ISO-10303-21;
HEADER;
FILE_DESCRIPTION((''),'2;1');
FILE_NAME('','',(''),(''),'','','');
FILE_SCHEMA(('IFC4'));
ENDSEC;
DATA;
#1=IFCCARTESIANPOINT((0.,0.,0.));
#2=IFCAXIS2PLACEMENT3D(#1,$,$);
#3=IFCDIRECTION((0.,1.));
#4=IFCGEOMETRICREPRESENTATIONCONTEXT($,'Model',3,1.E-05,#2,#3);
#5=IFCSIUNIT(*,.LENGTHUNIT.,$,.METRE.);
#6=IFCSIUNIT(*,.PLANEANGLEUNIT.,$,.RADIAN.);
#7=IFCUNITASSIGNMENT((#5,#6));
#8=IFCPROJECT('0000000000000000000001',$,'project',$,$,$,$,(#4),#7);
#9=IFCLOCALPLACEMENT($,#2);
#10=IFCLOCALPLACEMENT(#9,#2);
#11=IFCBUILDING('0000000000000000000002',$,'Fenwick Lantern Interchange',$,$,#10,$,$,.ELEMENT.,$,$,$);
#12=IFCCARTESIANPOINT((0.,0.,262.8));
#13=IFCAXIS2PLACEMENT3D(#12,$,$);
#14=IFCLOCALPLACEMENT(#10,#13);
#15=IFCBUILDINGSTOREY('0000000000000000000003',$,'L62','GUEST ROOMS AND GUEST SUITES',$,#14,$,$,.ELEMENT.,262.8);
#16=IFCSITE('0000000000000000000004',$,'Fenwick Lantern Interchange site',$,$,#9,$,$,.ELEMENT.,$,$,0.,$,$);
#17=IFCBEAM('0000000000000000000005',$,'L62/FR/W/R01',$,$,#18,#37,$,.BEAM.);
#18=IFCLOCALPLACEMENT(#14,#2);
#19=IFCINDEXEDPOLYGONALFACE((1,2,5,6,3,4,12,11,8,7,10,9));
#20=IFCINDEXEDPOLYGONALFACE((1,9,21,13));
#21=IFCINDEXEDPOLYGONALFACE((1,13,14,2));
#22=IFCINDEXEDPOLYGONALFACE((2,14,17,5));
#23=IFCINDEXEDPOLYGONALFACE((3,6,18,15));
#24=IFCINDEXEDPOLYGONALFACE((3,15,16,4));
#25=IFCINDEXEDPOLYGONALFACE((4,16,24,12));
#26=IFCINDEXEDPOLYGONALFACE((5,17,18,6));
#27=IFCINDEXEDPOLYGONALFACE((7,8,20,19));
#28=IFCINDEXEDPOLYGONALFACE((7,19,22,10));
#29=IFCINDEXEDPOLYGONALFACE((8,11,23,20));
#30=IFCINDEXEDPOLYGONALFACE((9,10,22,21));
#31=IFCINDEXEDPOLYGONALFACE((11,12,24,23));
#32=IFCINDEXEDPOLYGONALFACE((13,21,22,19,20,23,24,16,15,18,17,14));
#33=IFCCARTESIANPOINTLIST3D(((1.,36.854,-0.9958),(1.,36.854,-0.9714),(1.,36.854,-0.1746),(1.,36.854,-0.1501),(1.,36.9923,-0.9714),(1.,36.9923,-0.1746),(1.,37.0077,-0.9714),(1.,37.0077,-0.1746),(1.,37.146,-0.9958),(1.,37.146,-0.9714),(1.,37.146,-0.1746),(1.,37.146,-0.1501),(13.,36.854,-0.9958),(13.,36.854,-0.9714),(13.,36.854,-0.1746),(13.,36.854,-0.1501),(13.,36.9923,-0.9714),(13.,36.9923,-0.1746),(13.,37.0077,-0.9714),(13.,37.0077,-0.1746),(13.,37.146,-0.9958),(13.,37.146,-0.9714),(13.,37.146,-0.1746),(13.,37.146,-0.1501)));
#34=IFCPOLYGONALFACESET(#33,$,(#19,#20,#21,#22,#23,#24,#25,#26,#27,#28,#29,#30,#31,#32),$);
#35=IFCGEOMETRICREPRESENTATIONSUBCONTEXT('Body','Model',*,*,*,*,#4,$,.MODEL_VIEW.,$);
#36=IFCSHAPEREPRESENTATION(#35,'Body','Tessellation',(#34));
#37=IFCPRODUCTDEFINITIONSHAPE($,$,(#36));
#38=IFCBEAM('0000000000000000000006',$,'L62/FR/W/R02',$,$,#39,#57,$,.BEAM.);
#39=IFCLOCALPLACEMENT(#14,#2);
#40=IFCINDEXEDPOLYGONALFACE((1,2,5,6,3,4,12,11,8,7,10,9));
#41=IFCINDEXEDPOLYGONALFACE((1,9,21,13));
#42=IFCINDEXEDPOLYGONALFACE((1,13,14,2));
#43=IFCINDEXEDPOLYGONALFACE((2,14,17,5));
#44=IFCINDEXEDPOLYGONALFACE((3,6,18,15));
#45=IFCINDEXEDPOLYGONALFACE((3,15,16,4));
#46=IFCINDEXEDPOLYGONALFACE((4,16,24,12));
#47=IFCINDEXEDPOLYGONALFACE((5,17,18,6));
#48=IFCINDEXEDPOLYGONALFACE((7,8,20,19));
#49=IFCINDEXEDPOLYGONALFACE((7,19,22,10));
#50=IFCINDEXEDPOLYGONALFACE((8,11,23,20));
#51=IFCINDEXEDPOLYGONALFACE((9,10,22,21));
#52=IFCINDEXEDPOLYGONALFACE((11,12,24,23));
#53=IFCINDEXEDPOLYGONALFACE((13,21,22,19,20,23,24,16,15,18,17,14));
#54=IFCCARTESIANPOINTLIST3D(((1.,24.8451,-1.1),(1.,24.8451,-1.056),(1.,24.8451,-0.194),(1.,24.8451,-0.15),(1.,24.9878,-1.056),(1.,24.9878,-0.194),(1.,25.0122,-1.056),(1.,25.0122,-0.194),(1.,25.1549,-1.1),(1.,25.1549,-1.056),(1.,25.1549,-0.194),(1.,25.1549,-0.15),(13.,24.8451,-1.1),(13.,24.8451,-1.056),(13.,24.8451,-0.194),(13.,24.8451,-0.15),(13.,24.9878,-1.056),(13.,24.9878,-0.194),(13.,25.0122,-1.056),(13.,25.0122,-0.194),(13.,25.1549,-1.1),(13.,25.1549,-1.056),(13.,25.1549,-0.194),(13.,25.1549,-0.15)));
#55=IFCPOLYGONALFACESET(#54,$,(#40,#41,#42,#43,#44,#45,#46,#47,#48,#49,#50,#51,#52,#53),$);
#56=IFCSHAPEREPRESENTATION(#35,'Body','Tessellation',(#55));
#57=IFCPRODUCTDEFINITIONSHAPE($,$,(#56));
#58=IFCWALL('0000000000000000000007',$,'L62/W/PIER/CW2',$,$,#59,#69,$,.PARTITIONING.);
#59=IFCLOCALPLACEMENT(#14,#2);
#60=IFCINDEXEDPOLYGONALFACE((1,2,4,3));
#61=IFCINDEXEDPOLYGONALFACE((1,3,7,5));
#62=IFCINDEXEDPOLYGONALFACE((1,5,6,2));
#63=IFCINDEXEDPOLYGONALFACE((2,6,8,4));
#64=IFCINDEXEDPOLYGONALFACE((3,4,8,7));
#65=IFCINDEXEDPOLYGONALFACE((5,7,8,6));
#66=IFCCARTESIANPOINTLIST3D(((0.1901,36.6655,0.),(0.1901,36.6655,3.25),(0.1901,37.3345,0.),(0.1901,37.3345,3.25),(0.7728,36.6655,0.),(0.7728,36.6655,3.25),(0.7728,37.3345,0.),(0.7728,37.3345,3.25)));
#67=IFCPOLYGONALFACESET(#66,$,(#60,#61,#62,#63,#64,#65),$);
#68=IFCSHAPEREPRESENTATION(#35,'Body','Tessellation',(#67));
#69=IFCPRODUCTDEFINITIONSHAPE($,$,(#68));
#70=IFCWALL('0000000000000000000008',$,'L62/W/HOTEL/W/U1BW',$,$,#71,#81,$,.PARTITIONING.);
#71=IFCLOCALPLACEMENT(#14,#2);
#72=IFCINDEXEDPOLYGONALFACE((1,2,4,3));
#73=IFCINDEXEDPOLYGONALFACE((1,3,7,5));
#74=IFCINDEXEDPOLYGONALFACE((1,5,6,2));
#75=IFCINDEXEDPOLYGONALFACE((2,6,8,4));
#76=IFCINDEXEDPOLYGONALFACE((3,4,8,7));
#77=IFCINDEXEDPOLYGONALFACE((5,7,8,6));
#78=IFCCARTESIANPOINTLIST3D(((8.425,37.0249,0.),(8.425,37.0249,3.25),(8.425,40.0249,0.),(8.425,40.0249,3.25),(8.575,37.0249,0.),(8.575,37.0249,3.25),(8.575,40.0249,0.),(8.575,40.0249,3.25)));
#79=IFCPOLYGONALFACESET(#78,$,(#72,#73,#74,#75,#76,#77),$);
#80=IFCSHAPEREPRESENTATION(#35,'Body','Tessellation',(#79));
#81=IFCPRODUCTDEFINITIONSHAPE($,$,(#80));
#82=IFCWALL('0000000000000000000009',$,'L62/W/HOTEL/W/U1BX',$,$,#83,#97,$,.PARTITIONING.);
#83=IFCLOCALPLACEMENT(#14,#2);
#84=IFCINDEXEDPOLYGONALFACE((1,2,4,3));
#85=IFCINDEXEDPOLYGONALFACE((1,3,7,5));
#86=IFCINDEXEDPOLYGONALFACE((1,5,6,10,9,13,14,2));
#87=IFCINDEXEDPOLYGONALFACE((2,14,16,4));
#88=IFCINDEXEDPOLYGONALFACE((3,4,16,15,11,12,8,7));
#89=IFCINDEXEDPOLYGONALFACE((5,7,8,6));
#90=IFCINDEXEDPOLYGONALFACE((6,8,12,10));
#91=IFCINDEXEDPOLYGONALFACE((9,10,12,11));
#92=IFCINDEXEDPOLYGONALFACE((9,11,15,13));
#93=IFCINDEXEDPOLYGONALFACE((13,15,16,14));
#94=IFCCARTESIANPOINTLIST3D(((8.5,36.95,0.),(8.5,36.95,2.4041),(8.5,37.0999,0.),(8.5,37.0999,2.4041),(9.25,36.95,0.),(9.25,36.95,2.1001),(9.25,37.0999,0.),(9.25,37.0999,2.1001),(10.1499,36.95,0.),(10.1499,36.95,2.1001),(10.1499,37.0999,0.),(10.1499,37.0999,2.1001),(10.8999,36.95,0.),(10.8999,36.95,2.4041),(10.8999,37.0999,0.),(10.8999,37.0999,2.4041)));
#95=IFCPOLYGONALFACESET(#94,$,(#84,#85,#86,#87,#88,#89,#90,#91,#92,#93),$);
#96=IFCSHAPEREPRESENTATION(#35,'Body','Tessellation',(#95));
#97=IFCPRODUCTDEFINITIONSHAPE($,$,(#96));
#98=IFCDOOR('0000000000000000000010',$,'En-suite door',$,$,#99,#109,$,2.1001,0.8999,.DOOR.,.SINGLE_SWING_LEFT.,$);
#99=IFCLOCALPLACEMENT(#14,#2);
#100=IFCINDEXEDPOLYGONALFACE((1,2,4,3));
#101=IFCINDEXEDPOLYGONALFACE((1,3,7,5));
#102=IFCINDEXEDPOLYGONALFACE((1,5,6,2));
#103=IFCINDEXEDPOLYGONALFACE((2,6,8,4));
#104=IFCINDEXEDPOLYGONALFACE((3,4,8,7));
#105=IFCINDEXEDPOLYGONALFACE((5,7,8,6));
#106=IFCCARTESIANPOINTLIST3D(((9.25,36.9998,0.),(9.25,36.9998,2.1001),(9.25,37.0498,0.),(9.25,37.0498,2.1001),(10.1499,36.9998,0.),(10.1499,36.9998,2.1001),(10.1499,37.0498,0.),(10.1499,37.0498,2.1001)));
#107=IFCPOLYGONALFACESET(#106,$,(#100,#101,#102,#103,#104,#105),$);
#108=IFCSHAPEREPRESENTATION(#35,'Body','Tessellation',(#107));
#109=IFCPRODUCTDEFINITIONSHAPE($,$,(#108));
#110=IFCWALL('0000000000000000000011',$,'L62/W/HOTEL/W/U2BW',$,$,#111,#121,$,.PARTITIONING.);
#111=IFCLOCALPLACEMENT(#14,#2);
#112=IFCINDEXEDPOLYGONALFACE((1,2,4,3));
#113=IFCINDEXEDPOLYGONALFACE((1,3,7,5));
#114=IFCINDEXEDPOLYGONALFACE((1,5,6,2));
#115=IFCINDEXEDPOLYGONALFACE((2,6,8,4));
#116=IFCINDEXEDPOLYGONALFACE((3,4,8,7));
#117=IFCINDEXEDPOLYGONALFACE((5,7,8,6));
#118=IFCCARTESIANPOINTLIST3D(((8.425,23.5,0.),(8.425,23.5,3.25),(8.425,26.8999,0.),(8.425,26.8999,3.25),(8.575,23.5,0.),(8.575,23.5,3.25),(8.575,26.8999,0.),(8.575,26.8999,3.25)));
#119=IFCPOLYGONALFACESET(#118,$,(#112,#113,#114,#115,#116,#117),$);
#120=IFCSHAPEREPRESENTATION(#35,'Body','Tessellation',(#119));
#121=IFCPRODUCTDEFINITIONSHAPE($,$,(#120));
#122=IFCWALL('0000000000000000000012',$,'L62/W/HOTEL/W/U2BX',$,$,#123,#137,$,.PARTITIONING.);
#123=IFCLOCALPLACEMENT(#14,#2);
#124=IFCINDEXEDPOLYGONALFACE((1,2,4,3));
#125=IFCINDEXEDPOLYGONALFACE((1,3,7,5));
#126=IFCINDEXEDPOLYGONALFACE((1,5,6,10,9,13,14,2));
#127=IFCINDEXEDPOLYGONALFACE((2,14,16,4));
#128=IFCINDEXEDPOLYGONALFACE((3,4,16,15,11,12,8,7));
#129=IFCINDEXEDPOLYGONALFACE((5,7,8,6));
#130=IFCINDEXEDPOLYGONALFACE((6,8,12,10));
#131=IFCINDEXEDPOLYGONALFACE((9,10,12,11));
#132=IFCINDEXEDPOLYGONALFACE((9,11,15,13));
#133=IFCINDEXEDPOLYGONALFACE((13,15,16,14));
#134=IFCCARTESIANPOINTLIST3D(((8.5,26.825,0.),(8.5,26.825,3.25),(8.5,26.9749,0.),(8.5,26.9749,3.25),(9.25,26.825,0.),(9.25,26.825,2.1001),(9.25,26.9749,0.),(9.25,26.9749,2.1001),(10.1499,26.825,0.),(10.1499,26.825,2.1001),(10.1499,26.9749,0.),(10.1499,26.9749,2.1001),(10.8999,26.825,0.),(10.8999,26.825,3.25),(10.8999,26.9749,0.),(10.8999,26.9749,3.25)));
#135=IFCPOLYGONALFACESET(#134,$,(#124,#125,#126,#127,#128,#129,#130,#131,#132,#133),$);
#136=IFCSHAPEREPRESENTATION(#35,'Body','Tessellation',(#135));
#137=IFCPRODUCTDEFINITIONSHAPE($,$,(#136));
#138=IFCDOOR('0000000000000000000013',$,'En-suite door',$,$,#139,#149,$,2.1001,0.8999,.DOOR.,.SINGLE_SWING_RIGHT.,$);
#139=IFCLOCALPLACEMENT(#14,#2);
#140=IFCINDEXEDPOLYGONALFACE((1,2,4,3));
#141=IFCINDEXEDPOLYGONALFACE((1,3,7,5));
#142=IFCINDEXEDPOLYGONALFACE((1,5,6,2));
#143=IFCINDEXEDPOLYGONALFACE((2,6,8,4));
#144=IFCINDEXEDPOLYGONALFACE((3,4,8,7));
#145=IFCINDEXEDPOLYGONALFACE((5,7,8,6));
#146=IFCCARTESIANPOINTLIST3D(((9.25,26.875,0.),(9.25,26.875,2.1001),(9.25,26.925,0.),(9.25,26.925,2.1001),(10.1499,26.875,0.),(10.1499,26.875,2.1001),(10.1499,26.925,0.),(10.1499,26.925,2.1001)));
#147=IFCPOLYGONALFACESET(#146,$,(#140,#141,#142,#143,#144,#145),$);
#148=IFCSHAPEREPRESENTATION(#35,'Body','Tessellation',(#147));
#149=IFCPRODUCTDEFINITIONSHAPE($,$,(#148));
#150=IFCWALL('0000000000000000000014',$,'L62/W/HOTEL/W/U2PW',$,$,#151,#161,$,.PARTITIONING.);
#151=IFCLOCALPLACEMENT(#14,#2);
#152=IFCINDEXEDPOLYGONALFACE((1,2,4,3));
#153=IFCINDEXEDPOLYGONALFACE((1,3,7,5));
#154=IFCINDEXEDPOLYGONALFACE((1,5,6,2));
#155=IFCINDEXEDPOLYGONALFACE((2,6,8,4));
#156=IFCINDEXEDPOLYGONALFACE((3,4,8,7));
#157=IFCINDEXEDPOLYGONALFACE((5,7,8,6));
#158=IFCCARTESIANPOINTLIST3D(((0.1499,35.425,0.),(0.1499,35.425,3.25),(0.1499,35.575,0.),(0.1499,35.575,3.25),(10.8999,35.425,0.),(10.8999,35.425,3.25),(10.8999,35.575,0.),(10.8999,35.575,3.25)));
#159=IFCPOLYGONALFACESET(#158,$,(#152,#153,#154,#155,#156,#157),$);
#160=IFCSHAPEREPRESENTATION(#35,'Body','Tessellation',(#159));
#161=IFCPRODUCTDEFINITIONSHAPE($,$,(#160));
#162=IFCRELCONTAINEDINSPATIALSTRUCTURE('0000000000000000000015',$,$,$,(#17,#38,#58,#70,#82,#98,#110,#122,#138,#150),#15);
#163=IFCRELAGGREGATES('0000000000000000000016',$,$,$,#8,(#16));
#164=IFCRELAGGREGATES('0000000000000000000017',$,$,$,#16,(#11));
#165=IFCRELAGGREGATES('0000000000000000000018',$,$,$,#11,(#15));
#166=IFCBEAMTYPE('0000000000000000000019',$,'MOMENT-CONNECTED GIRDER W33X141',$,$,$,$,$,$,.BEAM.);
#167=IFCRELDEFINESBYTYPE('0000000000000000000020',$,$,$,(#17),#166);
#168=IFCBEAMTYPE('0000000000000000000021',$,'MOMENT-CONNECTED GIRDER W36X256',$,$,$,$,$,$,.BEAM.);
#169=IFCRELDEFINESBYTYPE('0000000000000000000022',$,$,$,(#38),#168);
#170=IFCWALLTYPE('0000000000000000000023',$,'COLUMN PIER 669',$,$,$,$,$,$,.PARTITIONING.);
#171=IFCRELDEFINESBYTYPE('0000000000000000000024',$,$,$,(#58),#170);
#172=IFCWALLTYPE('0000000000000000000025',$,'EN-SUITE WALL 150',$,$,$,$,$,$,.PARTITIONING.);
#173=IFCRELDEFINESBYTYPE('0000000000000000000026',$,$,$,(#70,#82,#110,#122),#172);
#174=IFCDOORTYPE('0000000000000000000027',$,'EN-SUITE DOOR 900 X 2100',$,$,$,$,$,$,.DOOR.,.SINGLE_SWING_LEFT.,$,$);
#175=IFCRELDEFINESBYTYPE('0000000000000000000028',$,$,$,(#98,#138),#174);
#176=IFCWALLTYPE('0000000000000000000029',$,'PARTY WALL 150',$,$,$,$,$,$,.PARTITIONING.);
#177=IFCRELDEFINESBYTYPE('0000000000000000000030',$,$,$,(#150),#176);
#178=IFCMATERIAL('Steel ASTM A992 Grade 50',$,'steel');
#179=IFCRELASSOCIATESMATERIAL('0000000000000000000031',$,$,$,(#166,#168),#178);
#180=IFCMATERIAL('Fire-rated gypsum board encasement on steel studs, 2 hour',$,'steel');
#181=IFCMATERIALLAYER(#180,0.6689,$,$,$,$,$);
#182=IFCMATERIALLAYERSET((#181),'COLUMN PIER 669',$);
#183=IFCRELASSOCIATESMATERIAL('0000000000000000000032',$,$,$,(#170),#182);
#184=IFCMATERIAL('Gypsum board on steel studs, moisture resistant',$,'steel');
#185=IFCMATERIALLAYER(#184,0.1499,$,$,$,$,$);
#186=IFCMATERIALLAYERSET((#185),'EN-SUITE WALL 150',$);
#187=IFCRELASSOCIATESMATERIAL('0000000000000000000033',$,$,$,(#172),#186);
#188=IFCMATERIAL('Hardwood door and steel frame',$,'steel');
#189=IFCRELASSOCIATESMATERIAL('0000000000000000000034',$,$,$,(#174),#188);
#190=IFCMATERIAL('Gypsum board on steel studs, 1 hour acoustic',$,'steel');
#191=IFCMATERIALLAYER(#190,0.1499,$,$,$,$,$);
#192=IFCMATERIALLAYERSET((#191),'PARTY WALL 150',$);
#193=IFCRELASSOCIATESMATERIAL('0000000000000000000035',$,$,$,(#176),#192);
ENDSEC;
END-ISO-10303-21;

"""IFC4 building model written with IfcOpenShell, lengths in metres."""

from ifc_helpers import new_model, si_unit, direction, frame, frame_2d, origin, origin_2d, place, context, subcontext, project, spatial, rectangle, i_section, extrude, material, layer, layer_set, material_profile, profile_set, type_object, element, fill, save


model = new_model("IFC4")

# Units and contexts
model_context = context("Model", 3, precision=1e-05, world=origin(), true_north=direction((0.0, 1.0)))
body_context = subcontext(model_context, "Body", "Model", "MODEL_VIEW")
ifc_project = project(units=[si_unit("LENGTHUNIT", "METRE"), si_unit("PLANEANGLEUNIT", "RADIAN")], contexts=[model_context])

# Site, building, storey
site_placement = place(None, origin())
site = spatial("IfcSite", under=ifc_project, at=site_placement, Name="Fenwick Lantern Interchange site", CompositionType="ELEMENT", RefElevation=0.0)
building_placement = place(site_placement, origin())
building = spatial("IfcBuilding", under=site, at=building_placement, Name="Fenwick Lantern Interchange", CompositionType="ELEMENT")
storey_placement = place(building_placement, frame((0.0, 0.0, 262.8)))
storey = spatial("IfcBuildingStorey", under=building, at=storey_placement, Name="L62", Description="GUEST ROOMS AND GUEST SUITES", CompositionType="ELEMENT", Elevation=262.8)

# Shared definitions
ifc_material_1 = material(Name="Steel ASTM A992 Grade 50", Category="steel")

# Beams
ifc_material_profile_1 = material_profile(ifc_material_1, i_section(OverallWidth=0.292, OverallDepth=0.8457, WebThickness=0.0154, FlangeThickness=0.0244, at=origin_2d()), Name="W33X141")
ifc_profile_set_1 = profile_set([ifc_material_profile_1], Name="Steel ASTM A992 Grade 50")
beam_type_1 = type_object("IfcBeamType", Name="MOMENT-CONNECTED GIRDER W33X141", PredefinedType="BEAM", material=ifc_profile_set_1)
beam_1_placement = place(storey_placement, frame((1.0, 37.0, -0.573), z_axis=(1.0, 0.0, 0.0), x_axis=(0.0, 1.0, 0.0)))
element("IfcBeam", 1, at=beam_1_placement, inside=storey, type_object=beam_type_1, Name="L62/FR/W/R01", PredefinedType="BEAM", context=body_context, shape_type="SweptSolid", body=[
    extrude(i_section(OverallWidth=0.292, OverallDepth=0.8457, WebThickness=0.0154, FlangeThickness=0.0244, at=origin_2d()), origin(), (0.0, 0.0, 1.0), 12.0),
])
ifc_material_profile_2 = material_profile(ifc_material_1, i_section(OverallWidth=0.3098, OverallDepth=0.95, WebThickness=0.0244, FlangeThickness=0.0439, at=origin_2d()), Name="W36X256")
ifc_profile_set_2 = profile_set([ifc_material_profile_2], Name="Steel ASTM A992 Grade 50")
beam_type_2 = type_object("IfcBeamType", Name="MOMENT-CONNECTED GIRDER W36X256", PredefinedType="BEAM", material=ifc_profile_set_2)
beam_2_placement = place(storey_placement, frame((1.0, 25.0, -0.625), z_axis=(1.0, 0.0, 0.0), x_axis=(0.0, 1.0, 0.0)))
element("IfcBeam", 2, at=beam_2_placement, inside=storey, type_object=beam_type_2, Name="L62/FR/W/R02", PredefinedType="BEAM", context=body_context, shape_type="SweptSolid", body=[
    extrude(i_section(OverallWidth=0.3098, OverallDepth=0.95, WebThickness=0.0244, FlangeThickness=0.0439, at=origin_2d()), origin(), (0.0, 0.0, 1.0), 12.0),
])

# Walls
ifc_material_2 = material(Name="Fire-rated gypsum board encasement on steel studs, 2 hour", Category="steel")
ifc_layer_1 = layer(ifc_material_2, 0.6689)
ifc_layer_set_1 = layer_set([ifc_layer_1], Name="COLUMN PIER 669")
wall_type_1 = type_object("IfcWallType", Name="COLUMN PIER 669", PredefinedType="PARTITIONING", material=ifc_layer_set_1)
wall_1_placement = place(storey_placement, frame((0.1899, 37.0, 0.0), z_axis=(0.0, 0.0, 1.0), x_axis=(1.0, 0.0, 0.0)))
element("IfcWall", 3, at=wall_1_placement, inside=storey, type_object=wall_type_1, Name="L62/W/PIER/CW2", PredefinedType="PARTITIONING", context=body_context, shape_type="SweptSolid", body=[
    extrude(rectangle(XDim=0.5828, YDim=0.6689, at=frame_2d((0.2915, 0.0))), origin(), (0.0, 0.0, 1.0), 3.25),
])
ifc_material_3 = material(Name="Gypsum board on steel studs, moisture resistant", Category="steel")
ifc_layer_2 = layer(ifc_material_3, 0.1499)
ifc_layer_set_2 = layer_set([ifc_layer_2], Name="EN-SUITE WALL 150")
wall_type_2 = type_object("IfcWallType", Name="EN-SUITE WALL 150", PredefinedType="PARTITIONING", material=ifc_layer_set_2)
wall_2_placement = place(storey_placement, frame((8.5, 40.0249, 0.0), z_axis=(0.0, 0.0, 1.0), x_axis=(0.0, -1.0, 0.0)))
element("IfcWall", 4, at=wall_2_placement, inside=storey, type_object=wall_type_2, Name="L62/W/HOTEL/W/U1BW", PredefinedType="PARTITIONING", context=body_context, shape_type="SweptSolid", body=[
    extrude(rectangle(XDim=3.0, YDim=0.1499, at=frame_2d((1.5, 0.0))), origin(), (0.0, 0.0, 1.0), 3.25),
])

# Wall, opening, door
wall_3_placement = place(storey_placement, frame((8.5, 37.0249, 0.0), z_axis=(0.0, 0.0, 1.0), x_axis=(1.0, 0.0, 0.0)))
wall_3 = element("IfcWall", 5, at=wall_3_placement, inside=storey, type_object=wall_type_2, Name="L62/W/HOTEL/W/U1BX", PredefinedType="PARTITIONING", context=body_context, shape_type="SweptSolid", body=[
    extrude(rectangle(XDim=2.3999, YDim=0.1499, at=frame_2d((1.2, 0.0))), origin(), (0.0, 0.0, 1.0), 2.4041),
])
opening_1_placement = place(wall_3_placement, frame((0.75, 0.0, 0.0)))
opening_1 = element("IfcOpeningElement", 6, at=opening_1_placement, cuts=wall_3, PredefinedType="OPENING", context=body_context, shape_type="SweptSolid", body=[
    extrude(rectangle(XDim=0.8999, YDim=2.1001, at=frame_2d((0.45, 1.05))), frame((0.0, 0.085, 0.0), z_axis=(0.0, -1.0, 0.0), x_axis=(1.0, 0.0, 0.0)), (0.0, 0.0, 1.0), 0.1699),
])
ifc_material_4 = material(Name="Hardwood door and steel frame", Category="steel")
door_type = type_object("IfcDoorType", Name="EN-SUITE DOOR 900 X 2100", OperationType="SINGLE_SWING_LEFT", PredefinedType="DOOR", material=ifc_material_4)
door_1_placement = place(opening_1_placement, origin())
door_1 = element("IfcDoor", 7, at=door_1_placement, inside=storey, type_object=door_type, Name="En-suite door", OperationType="SINGLE_SWING_LEFT", OverallHeight=2.1001, OverallWidth=0.8999, PredefinedType="DOOR", context=body_context, shape_type="SweptSolid", body=[
    extrude(rectangle(XDim=0.8999, YDim=2.1001, at=frame_2d((0.45, 1.05))), frame((0.0, 0.0249, 0.0), z_axis=(0.0, -1.0, 0.0), x_axis=(1.0, 0.0, 0.0)), (0.0, 0.0, 1.0), 0.05),
])
fill(opening_1, door_1)

# Wall
wall_4_placement = place(storey_placement, frame((8.5, 26.8999, 0.0), z_axis=(0.0, 0.0, 1.0), x_axis=(0.0, -1.0, 0.0)))
element("IfcWall", 8, at=wall_4_placement, inside=storey, type_object=wall_type_2, Name="L62/W/HOTEL/W/U2BW", PredefinedType="PARTITIONING", context=body_context, shape_type="SweptSolid", body=[
    extrude(rectangle(XDim=3.3999, YDim=0.1499, at=frame_2d((1.7, 0.0))), origin(), (0.0, 0.0, 1.0), 3.25),
])

# Wall, opening, door
wall_5_placement = place(storey_placement, frame((8.5, 26.8999, 0.0), z_axis=(0.0, 0.0, 1.0), x_axis=(1.0, 0.0, 0.0)))
wall_5 = element("IfcWall", 9, at=wall_5_placement, inside=storey, type_object=wall_type_2, Name="L62/W/HOTEL/W/U2BX", PredefinedType="PARTITIONING", context=body_context, shape_type="SweptSolid", body=[
    extrude(rectangle(XDim=2.3999, YDim=0.1499, at=frame_2d((1.2, 0.0))), origin(), (0.0, 0.0, 1.0), 3.25),
])
opening_2_placement = place(wall_5_placement, frame((0.75, 0.0, 0.0)))
opening_2 = element("IfcOpeningElement", 10, at=opening_2_placement, cuts=wall_5, PredefinedType="OPENING", context=body_context, shape_type="SweptSolid", body=[
    extrude(rectangle(XDim=0.8999, YDim=2.1001, at=frame_2d((0.45, 1.05))), frame((0.0, 0.085, 0.0), z_axis=(0.0, -1.0, 0.0), x_axis=(1.0, 0.0, 0.0)), (0.0, 0.0, 1.0), 0.1699),
])
door_2_placement = place(opening_2_placement, frame((0.8999, 0.0, 0.0), z_axis=(0.0, 0.0, 1.0), x_axis=(-1.0, 0.0, 0.0)))
door_2 = element("IfcDoor", 11, at=door_2_placement, inside=storey, type_object=door_type, Name="En-suite door", OperationType="SINGLE_SWING_RIGHT", OverallHeight=2.1001, OverallWidth=0.8999, PredefinedType="DOOR", context=body_context, shape_type="SweptSolid", body=[
    extrude(rectangle(XDim=0.8999, YDim=2.1001, at=frame_2d((0.45, 1.05))), frame((0.0, 0.0249, 0.0), z_axis=(0.0, -1.0, 0.0), x_axis=(1.0, 0.0, 0.0)), (0.0, 0.0, 1.0), 0.05),
])
fill(opening_2, door_2)

# Wall
ifc_material_5 = material(Name="Gypsum board on steel studs, 1 hour acoustic", Category="steel")
ifc_layer_3 = layer(ifc_material_5, 0.1499)
ifc_layer_set_3 = layer_set([ifc_layer_3], Name="PARTY WALL 150")
wall_type_3 = type_object("IfcWallType", Name="PARTY WALL 150", PredefinedType="PARTITIONING", material=ifc_layer_set_3)
wall_6_placement = place(storey_placement, frame((0.1499, 35.5, 0.0), z_axis=(0.0, 0.0, 1.0), x_axis=(1.0, 0.0, 0.0)))
element("IfcWall", 12, at=wall_6_placement, inside=storey, type_object=wall_type_3, Name="L62/W/HOTEL/W/U2PW", PredefinedType="PARTITIONING", context=body_context, shape_type="SweptSolid", body=[
    extrude(rectangle(XDim=10.75, YDim=0.1499, at=frame_2d((5.375, 0.0))), origin(), (0.0, 0.0, 1.0), 3.25),
])

save(model, "model.ifc")
